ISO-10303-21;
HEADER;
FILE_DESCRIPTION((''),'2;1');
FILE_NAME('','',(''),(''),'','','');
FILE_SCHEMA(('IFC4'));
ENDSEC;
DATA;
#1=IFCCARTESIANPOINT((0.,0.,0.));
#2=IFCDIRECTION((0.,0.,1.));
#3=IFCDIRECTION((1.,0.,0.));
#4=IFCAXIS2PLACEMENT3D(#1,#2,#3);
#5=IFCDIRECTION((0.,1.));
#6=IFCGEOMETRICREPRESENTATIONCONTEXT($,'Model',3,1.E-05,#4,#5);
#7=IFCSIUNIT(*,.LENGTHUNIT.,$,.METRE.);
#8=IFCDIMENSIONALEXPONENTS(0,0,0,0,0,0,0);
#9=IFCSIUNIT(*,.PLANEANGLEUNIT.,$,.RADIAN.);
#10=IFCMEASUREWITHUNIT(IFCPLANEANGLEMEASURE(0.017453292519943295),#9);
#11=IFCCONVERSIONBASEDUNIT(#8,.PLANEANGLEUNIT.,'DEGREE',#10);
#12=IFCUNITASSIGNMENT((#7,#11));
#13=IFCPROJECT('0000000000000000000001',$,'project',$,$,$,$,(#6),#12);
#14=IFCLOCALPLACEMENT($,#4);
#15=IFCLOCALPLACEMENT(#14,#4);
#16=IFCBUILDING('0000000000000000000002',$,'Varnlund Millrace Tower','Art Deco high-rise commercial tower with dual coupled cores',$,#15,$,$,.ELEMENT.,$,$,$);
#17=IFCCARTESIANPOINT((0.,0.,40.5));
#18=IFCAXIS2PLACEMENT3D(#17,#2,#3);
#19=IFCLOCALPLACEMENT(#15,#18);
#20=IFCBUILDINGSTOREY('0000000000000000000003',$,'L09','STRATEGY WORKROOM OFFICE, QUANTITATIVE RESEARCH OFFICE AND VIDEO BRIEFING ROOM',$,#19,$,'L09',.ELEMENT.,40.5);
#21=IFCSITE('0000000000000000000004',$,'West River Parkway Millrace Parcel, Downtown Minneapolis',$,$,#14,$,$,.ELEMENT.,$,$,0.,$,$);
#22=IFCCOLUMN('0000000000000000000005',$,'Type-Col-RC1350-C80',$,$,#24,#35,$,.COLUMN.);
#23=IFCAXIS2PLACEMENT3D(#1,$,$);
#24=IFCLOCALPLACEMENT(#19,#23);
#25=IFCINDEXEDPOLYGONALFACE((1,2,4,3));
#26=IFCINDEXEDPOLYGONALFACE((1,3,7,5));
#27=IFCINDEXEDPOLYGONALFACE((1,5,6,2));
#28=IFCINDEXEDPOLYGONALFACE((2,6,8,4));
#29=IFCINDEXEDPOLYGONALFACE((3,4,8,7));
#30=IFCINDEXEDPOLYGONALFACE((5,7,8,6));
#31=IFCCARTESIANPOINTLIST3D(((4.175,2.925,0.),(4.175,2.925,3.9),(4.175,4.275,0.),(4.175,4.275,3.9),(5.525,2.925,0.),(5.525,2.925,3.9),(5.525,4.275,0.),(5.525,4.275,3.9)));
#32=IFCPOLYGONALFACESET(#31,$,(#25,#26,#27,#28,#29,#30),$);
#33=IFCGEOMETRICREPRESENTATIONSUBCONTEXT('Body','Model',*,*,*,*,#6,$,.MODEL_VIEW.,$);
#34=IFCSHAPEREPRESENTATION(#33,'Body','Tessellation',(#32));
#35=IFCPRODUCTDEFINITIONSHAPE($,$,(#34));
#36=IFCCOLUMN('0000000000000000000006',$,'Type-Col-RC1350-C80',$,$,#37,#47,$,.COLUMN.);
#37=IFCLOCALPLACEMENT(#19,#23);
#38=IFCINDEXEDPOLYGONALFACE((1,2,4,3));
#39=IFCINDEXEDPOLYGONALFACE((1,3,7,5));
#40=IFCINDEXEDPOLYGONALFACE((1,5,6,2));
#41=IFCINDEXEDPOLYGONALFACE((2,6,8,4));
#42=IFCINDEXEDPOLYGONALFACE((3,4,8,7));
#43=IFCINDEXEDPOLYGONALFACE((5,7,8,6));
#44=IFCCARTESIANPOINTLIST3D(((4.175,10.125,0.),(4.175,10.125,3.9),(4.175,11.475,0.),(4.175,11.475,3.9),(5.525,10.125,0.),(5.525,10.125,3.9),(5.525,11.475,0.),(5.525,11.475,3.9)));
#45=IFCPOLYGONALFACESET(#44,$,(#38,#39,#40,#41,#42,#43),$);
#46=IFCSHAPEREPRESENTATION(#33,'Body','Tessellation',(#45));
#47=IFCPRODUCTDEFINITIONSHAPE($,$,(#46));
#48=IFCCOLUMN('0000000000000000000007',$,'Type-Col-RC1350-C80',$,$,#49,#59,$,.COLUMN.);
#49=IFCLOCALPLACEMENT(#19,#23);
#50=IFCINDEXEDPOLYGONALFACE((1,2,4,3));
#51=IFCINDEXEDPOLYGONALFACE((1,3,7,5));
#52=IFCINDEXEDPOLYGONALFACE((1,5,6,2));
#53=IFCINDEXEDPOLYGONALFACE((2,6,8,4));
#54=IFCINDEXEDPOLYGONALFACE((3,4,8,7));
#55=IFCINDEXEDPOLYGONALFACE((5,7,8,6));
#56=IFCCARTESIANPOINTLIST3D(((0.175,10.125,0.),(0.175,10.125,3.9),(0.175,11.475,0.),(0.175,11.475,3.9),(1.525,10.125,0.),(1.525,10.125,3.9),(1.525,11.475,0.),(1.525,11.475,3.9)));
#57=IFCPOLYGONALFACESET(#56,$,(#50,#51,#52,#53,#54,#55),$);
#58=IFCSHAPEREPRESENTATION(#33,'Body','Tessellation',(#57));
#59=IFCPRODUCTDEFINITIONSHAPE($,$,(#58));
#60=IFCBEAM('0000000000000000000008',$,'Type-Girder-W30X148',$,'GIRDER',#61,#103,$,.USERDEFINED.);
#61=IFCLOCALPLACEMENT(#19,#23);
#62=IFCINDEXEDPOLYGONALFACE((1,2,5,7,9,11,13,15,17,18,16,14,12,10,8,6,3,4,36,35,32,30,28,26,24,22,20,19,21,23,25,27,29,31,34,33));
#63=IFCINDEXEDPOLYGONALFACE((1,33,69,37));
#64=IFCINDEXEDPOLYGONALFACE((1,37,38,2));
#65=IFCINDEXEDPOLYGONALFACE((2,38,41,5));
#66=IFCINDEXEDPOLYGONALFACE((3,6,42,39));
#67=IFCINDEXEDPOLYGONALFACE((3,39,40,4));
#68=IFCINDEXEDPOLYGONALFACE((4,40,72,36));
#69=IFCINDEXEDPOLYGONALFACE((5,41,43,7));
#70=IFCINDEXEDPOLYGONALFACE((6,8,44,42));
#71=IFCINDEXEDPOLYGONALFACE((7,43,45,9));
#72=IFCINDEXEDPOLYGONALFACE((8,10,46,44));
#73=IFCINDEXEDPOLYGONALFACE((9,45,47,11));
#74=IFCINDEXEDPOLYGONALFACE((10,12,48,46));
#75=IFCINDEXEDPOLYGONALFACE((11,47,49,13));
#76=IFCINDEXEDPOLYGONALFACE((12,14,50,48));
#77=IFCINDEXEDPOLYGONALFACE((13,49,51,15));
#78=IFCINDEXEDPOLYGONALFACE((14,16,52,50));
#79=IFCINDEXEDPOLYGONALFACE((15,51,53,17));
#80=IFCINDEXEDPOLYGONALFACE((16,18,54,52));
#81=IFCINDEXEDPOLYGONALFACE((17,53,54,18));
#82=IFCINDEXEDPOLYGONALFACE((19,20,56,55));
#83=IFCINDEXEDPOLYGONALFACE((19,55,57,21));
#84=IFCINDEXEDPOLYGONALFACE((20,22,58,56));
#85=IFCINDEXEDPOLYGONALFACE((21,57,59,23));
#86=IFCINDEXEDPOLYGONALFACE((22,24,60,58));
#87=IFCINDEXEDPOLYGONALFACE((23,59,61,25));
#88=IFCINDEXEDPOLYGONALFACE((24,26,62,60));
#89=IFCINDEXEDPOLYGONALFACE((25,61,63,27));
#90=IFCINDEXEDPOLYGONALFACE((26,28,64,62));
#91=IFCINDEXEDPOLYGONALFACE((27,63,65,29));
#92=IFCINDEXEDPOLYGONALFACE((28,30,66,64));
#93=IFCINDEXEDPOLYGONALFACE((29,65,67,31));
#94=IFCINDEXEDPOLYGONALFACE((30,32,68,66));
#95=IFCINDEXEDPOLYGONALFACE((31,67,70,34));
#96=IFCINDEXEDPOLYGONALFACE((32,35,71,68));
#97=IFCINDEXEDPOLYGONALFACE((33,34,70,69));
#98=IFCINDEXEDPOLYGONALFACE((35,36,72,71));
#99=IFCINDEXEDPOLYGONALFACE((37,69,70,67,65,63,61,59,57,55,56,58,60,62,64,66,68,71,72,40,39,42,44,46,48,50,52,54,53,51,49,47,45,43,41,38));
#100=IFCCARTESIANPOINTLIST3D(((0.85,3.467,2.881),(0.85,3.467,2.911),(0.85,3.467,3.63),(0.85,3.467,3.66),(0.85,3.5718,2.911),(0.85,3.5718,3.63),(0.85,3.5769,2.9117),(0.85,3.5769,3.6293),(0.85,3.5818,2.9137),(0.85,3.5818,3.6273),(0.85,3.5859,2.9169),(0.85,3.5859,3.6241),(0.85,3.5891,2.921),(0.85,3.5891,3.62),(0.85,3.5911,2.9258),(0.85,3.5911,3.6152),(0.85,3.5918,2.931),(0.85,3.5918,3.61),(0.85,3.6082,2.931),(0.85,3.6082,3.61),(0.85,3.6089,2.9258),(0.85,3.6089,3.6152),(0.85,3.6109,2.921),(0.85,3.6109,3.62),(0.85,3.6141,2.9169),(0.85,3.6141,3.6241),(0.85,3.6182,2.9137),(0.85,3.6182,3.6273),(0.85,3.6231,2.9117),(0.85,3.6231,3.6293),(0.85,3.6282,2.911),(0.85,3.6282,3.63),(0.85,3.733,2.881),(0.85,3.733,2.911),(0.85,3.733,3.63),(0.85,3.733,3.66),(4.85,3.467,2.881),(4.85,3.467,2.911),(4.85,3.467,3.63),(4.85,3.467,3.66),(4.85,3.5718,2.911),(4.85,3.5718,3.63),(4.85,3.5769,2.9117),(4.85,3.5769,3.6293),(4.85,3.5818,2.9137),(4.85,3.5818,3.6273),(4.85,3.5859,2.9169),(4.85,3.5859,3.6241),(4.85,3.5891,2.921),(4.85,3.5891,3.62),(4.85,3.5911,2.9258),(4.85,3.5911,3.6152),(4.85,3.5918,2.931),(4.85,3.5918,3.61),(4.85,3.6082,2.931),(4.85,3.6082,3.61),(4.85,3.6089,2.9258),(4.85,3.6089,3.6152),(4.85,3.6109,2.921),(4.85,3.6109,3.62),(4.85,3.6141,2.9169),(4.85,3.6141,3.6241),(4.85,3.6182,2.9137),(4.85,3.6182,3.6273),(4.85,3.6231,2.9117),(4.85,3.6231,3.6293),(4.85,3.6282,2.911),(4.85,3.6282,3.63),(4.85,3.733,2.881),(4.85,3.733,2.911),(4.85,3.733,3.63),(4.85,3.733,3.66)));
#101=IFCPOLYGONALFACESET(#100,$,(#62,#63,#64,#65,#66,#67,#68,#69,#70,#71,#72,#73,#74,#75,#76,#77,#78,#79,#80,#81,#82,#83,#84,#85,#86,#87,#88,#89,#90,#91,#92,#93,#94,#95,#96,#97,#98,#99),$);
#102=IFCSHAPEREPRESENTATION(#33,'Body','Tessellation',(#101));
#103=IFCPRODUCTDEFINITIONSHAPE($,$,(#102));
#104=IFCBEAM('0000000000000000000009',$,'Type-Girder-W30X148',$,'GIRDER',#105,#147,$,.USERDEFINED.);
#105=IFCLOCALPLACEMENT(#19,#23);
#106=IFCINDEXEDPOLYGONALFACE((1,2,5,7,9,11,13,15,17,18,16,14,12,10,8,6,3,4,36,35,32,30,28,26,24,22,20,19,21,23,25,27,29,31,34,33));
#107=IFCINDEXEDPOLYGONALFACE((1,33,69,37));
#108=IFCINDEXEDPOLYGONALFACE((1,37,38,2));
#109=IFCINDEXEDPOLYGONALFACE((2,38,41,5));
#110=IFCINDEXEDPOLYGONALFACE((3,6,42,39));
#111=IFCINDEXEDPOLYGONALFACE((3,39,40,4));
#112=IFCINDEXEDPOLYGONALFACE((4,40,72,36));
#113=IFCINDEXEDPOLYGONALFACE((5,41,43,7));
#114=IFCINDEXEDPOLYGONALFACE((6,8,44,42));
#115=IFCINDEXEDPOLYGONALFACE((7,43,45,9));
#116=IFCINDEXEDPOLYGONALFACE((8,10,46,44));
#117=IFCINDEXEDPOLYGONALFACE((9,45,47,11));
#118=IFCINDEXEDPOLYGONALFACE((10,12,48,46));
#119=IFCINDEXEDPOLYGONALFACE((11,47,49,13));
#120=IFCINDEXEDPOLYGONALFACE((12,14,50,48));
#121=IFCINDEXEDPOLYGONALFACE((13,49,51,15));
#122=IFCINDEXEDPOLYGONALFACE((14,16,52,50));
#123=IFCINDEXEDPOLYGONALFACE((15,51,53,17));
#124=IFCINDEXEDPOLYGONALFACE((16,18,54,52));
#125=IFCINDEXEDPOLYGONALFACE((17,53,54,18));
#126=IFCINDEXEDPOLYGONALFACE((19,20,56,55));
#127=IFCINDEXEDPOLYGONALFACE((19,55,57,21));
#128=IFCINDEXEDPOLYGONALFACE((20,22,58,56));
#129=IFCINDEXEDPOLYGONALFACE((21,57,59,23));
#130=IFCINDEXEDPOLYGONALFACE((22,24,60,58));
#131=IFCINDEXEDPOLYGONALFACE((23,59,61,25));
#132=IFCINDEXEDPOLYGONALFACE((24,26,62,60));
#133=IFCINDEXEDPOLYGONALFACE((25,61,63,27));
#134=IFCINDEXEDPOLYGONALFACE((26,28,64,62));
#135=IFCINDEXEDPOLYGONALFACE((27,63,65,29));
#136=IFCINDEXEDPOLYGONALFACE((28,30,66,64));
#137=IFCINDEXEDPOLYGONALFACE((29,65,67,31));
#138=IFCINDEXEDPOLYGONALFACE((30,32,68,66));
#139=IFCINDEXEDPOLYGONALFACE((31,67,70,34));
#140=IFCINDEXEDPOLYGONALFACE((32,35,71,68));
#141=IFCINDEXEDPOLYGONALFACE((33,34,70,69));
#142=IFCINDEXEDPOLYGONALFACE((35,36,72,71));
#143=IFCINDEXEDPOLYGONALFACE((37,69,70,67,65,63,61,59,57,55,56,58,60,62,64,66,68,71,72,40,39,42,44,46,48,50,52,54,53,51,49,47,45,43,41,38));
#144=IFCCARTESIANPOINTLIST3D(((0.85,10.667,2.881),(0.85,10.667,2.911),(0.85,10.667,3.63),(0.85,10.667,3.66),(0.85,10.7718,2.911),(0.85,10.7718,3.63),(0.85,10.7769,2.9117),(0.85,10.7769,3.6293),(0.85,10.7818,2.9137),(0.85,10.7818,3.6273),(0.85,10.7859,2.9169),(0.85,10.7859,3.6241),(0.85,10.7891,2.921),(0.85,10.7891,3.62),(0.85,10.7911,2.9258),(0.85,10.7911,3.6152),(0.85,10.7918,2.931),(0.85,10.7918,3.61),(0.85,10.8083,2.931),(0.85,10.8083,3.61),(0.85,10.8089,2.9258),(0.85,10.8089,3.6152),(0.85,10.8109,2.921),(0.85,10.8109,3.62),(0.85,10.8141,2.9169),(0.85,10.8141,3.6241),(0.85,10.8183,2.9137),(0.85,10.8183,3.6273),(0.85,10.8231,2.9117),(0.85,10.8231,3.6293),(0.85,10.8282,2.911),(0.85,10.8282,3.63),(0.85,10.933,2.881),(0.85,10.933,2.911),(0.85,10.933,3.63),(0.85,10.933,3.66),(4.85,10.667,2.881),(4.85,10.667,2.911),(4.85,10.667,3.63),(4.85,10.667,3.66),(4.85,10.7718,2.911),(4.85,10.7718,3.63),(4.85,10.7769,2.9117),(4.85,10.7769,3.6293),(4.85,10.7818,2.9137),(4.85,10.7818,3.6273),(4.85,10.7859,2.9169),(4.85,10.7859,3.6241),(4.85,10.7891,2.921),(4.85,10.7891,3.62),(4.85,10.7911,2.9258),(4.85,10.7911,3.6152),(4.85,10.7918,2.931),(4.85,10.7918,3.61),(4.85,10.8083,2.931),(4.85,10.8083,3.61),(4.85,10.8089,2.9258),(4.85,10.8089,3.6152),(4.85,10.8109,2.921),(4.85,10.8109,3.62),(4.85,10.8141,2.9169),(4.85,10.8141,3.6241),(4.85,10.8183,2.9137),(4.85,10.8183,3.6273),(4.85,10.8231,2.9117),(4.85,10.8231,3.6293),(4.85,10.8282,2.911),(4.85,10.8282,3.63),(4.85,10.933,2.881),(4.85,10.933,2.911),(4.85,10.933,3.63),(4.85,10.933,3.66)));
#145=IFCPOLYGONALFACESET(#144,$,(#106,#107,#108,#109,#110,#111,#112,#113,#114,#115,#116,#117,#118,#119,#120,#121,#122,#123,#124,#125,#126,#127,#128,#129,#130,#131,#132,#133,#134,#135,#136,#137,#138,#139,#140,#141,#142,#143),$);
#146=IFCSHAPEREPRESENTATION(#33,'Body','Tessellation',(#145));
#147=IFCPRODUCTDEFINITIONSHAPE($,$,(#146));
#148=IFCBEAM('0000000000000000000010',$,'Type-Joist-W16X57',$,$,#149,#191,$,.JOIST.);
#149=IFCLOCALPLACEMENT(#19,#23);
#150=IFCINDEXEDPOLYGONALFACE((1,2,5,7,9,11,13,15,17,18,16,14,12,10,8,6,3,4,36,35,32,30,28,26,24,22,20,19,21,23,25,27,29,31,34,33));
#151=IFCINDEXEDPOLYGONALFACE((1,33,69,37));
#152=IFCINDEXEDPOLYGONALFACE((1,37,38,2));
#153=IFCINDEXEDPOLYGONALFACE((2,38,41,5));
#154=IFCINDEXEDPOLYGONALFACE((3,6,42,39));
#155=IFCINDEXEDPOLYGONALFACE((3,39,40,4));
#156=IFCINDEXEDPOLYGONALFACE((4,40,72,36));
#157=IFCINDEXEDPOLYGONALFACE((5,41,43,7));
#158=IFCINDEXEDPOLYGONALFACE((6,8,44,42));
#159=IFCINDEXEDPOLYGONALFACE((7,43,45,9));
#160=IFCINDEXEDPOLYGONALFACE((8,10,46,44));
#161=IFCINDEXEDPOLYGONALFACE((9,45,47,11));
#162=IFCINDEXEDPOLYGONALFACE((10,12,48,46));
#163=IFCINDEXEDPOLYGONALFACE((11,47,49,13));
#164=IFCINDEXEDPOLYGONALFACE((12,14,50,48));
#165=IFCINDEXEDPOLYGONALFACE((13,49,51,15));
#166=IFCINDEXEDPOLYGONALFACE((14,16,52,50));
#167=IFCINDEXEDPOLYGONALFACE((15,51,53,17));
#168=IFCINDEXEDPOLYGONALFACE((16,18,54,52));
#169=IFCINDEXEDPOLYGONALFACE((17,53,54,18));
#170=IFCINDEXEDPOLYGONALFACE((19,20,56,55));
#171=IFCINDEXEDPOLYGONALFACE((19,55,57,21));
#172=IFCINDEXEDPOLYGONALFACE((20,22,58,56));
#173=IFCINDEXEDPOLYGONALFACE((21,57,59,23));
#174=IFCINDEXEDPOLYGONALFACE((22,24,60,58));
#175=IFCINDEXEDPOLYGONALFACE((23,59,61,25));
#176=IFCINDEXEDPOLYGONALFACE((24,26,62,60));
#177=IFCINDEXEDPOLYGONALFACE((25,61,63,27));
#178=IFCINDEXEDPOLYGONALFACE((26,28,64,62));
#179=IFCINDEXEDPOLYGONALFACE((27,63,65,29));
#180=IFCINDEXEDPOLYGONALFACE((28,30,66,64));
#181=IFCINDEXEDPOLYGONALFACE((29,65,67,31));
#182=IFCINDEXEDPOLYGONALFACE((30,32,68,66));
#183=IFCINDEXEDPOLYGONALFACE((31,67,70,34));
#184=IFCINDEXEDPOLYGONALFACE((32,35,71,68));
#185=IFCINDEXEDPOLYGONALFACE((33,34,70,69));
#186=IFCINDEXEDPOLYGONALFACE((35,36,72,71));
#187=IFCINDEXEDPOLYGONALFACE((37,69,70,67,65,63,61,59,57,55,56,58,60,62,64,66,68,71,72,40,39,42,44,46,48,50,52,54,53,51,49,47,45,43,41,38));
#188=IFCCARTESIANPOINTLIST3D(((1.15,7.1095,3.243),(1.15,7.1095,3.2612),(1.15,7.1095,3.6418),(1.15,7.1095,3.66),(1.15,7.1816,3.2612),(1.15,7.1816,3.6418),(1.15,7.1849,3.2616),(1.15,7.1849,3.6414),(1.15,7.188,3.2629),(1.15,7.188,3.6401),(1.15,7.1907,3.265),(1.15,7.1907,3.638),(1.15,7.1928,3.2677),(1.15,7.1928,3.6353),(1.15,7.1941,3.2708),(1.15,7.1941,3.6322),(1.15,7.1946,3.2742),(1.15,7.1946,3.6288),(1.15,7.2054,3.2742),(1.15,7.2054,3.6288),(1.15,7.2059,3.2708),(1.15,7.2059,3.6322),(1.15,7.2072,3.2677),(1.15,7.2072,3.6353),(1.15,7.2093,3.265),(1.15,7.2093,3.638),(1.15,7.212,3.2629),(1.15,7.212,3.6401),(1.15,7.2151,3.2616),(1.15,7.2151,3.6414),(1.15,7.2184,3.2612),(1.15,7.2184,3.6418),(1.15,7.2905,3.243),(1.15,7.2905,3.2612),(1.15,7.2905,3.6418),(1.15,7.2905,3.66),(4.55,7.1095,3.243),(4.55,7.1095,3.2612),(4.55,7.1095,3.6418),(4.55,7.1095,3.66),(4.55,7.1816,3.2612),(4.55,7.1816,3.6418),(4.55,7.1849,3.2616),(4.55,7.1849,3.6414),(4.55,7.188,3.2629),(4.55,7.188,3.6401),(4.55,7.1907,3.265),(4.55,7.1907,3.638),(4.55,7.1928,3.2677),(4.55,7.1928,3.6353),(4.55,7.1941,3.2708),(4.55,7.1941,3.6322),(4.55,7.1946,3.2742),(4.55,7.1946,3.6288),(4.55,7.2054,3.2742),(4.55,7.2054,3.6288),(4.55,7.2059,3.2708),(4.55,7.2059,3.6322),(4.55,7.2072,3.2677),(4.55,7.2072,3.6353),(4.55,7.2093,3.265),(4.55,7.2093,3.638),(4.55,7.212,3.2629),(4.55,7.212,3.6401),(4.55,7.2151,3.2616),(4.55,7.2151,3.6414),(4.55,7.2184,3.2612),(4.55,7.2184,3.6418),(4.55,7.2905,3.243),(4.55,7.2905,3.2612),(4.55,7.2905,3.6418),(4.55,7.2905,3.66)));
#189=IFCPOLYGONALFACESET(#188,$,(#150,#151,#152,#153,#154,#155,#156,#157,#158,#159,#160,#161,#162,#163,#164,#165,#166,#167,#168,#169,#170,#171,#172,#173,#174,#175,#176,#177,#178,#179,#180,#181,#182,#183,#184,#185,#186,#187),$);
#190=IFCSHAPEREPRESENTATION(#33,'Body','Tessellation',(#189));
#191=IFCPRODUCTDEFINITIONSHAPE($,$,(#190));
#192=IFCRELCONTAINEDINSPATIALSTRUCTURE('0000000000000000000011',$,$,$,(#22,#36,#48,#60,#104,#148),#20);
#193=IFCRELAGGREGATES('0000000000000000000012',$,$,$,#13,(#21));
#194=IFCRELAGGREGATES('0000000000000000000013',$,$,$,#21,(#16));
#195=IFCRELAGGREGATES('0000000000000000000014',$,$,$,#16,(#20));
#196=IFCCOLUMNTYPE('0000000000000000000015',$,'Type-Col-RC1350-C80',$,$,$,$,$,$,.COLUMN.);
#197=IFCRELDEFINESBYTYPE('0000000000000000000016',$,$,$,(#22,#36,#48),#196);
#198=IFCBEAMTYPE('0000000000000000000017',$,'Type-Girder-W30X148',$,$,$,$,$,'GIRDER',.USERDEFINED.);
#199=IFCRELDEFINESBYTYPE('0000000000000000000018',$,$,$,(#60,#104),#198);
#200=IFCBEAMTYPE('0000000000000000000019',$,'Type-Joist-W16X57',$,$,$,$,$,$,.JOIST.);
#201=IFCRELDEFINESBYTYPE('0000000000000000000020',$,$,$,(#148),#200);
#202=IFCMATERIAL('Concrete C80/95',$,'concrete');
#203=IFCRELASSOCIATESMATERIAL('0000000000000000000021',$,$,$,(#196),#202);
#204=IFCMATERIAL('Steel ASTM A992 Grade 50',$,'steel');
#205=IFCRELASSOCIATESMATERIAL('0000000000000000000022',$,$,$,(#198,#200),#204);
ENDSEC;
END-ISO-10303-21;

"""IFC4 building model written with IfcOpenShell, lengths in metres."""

from ifc_helpers import new_model, entity, si_unit, converted_unit, direction, frame, origin_with_axes, origin_2d_with_axis, place, context, subcontext, project, spatial, rectangle, i_section, extrude, material, material_profile, profile_set, type_object, element, save


model = new_model("IFC4")

# Units and contexts
model_context = context("Model", 3, precision=1e-05, world=origin_with_axes(), true_north=direction((0.0, 1.0)))
body_context = subcontext(model_context, "Body", "Model", "MODEL_VIEW")
ifc_project = project(units=[si_unit("LENGTHUNIT", "METRE"), converted_unit("PLANEANGLEUNIT", "DEGREE", entity("IfcPlaneAngleMeasure", 0.017453292519943295), si_unit("PLANEANGLEUNIT", "RADIAN"), dimensions=[0, 0, 0, 0, 0, 0, 0])], contexts=[model_context])

# Site, building, storey
site_placement = place(None, origin_with_axes())
site = spatial("IfcSite", under=ifc_project, at=site_placement, Name="West River Parkway Millrace Parcel, Downtown Minneapolis", CompositionType="ELEMENT", RefElevation=0.0)
building_placement = place(site_placement, origin_with_axes())
building = spatial("IfcBuilding", under=site, at=building_placement, Name="Varnlund Millrace Tower", Description="Art Deco high-rise commercial tower with dual coupled cores", CompositionType="ELEMENT")
storey_placement = place(building_placement, frame((0.0, 0.0, 40.5), z_axis=(0.0, 0.0, 1.0), x_axis=(1.0, 0.0, 0.0)))
storey = spatial("IfcBuildingStorey", under=building, at=storey_placement, Name="L09", Description="STRATEGY WORKROOM OFFICE, QUANTITATIVE RESEARCH OFFICE AND VIDEO BRIEFING ROOM", LongName="L09", CompositionType="ELEMENT", Elevation=40.5)

# Columns
ifc_material_1 = material(Name="Concrete C80/95", Category="concrete")
ifc_material_profile_1 = material_profile(ifc_material_1, rectangle(XDim=1.35, YDim=1.35, at=origin_2d_with_axis()), Name="Concrete C80/95")
ifc_profile_set_1 = profile_set([ifc_material_profile_1], Name="Concrete C80/95")
column_type = type_object("IfcColumnType", Name="Type-Col-RC1350-C80", PredefinedType="COLUMN", material=ifc_profile_set_1)
for number, where, z_axis, x_axis, name in (
    (1, (4.85, 3.6, 0.0), (0.0, 0.0, 1.0), (1.0, 0.0, 0.0), "Type-Col-RC1350-C80"),
    (2, (4.85, 10.8, 0.0), (0.0, 0.0, 1.0), (1.0, 0.0, 0.0), "Type-Col-RC1350-C80"),
    (3, (0.85, 10.8, 0.0), (0.0, 0.0, 1.0), (1.0, 0.0, 0.0), "Type-Col-RC1350-C80"),
):
    element("IfcColumn", number, at=place(storey_placement, frame(where, z_axis=z_axis, x_axis=x_axis)), inside=storey, type_object=column_type, Name=name, PredefinedType="COLUMN", context=body_context, shape_type="SweptSolid", body=[
        extrude(rectangle(XDim=1.35, YDim=1.35, at=origin_2d_with_axis()), origin_with_axes(), (0.0, 0.0, 1.0), 3.9),
    ])

# Beams
ifc_material_2 = material(Name="Steel ASTM A992 Grade 50", Category="steel")
ifc_material_profile_2 = material_profile(ifc_material_2, i_section(OverallWidth=0.266, OverallDepth=0.779, WebThickness=0.0165, FlangeThickness=0.03, FilletRadius=0.02, at=origin_2d_with_axis()), Name="Steel ASTM A992 Grade 50")
ifc_profile_set_2 = profile_set([ifc_material_profile_2], Name="Steel ASTM A992 Grade 50")
beam_type_1 = type_object("IfcBeamType", Name="Type-Girder-W30X148", ElementType="GIRDER", PredefinedType="USERDEFINED", material=ifc_profile_set_2)
for number, where, z_axis, x_axis, name in (
    (4, (0.85, 3.6, 3.2705), (1.0, 0.0, 0.0), (0.0, 1.0, 0.0), "Type-Girder-W30X148"),
    (5, (0.85, 10.8, 3.2705), (1.0, 0.0, 0.0), (0.0, 1.0, 0.0), "Type-Girder-W30X148"),
):
    element("IfcBeam", number, at=place(storey_placement, frame(where, z_axis=z_axis, x_axis=x_axis)), inside=storey, type_object=beam_type_1, Name=name, ObjectType="GIRDER", PredefinedType="USERDEFINED", context=body_context, shape_type="SweptSolid", body=[
        extrude(i_section(OverallWidth=0.266, OverallDepth=0.779, WebThickness=0.0165, FlangeThickness=0.03, FilletRadius=0.02, at=origin_2d_with_axis()), origin_with_axes(), (0.0, 0.0, 1.0), 4.0),
    ])
ifc_material_profile_3 = material_profile(ifc_material_2, i_section(OverallWidth=0.181, OverallDepth=0.417, WebThickness=0.0109, FlangeThickness=0.0182, FilletRadius=0.013, at=origin_2d_with_axis()), Name="Steel ASTM A992 Grade 50")
ifc_profile_set_3 = profile_set([ifc_material_profile_3], Name="Steel ASTM A992 Grade 50")
beam_type_2 = type_object("IfcBeamType", Name="Type-Joist-W16X57", PredefinedType="JOIST", material=ifc_profile_set_3)
for number, where, z_axis, x_axis, name in (
    (6, (1.15, 7.2, 3.4515), (1.0, 0.0, 0.0), (0.0, 1.0, 0.0), "Type-Joist-W16X57"),
):
    element("IfcBeam", number, at=place(storey_placement, frame(where, z_axis=z_axis, x_axis=x_axis)), inside=storey, type_object=beam_type_2, Name=name, PredefinedType="JOIST", context=body_context, shape_type="SweptSolid", body=[
        extrude(i_section(OverallWidth=0.181, OverallDepth=0.417, WebThickness=0.0109, FlangeThickness=0.0182, FilletRadius=0.013, at=origin_2d_with_axis()), origin_with_axes(), (0.0, 0.0, 1.0), 3.4),
    ])

save(model, "model.ifc")
